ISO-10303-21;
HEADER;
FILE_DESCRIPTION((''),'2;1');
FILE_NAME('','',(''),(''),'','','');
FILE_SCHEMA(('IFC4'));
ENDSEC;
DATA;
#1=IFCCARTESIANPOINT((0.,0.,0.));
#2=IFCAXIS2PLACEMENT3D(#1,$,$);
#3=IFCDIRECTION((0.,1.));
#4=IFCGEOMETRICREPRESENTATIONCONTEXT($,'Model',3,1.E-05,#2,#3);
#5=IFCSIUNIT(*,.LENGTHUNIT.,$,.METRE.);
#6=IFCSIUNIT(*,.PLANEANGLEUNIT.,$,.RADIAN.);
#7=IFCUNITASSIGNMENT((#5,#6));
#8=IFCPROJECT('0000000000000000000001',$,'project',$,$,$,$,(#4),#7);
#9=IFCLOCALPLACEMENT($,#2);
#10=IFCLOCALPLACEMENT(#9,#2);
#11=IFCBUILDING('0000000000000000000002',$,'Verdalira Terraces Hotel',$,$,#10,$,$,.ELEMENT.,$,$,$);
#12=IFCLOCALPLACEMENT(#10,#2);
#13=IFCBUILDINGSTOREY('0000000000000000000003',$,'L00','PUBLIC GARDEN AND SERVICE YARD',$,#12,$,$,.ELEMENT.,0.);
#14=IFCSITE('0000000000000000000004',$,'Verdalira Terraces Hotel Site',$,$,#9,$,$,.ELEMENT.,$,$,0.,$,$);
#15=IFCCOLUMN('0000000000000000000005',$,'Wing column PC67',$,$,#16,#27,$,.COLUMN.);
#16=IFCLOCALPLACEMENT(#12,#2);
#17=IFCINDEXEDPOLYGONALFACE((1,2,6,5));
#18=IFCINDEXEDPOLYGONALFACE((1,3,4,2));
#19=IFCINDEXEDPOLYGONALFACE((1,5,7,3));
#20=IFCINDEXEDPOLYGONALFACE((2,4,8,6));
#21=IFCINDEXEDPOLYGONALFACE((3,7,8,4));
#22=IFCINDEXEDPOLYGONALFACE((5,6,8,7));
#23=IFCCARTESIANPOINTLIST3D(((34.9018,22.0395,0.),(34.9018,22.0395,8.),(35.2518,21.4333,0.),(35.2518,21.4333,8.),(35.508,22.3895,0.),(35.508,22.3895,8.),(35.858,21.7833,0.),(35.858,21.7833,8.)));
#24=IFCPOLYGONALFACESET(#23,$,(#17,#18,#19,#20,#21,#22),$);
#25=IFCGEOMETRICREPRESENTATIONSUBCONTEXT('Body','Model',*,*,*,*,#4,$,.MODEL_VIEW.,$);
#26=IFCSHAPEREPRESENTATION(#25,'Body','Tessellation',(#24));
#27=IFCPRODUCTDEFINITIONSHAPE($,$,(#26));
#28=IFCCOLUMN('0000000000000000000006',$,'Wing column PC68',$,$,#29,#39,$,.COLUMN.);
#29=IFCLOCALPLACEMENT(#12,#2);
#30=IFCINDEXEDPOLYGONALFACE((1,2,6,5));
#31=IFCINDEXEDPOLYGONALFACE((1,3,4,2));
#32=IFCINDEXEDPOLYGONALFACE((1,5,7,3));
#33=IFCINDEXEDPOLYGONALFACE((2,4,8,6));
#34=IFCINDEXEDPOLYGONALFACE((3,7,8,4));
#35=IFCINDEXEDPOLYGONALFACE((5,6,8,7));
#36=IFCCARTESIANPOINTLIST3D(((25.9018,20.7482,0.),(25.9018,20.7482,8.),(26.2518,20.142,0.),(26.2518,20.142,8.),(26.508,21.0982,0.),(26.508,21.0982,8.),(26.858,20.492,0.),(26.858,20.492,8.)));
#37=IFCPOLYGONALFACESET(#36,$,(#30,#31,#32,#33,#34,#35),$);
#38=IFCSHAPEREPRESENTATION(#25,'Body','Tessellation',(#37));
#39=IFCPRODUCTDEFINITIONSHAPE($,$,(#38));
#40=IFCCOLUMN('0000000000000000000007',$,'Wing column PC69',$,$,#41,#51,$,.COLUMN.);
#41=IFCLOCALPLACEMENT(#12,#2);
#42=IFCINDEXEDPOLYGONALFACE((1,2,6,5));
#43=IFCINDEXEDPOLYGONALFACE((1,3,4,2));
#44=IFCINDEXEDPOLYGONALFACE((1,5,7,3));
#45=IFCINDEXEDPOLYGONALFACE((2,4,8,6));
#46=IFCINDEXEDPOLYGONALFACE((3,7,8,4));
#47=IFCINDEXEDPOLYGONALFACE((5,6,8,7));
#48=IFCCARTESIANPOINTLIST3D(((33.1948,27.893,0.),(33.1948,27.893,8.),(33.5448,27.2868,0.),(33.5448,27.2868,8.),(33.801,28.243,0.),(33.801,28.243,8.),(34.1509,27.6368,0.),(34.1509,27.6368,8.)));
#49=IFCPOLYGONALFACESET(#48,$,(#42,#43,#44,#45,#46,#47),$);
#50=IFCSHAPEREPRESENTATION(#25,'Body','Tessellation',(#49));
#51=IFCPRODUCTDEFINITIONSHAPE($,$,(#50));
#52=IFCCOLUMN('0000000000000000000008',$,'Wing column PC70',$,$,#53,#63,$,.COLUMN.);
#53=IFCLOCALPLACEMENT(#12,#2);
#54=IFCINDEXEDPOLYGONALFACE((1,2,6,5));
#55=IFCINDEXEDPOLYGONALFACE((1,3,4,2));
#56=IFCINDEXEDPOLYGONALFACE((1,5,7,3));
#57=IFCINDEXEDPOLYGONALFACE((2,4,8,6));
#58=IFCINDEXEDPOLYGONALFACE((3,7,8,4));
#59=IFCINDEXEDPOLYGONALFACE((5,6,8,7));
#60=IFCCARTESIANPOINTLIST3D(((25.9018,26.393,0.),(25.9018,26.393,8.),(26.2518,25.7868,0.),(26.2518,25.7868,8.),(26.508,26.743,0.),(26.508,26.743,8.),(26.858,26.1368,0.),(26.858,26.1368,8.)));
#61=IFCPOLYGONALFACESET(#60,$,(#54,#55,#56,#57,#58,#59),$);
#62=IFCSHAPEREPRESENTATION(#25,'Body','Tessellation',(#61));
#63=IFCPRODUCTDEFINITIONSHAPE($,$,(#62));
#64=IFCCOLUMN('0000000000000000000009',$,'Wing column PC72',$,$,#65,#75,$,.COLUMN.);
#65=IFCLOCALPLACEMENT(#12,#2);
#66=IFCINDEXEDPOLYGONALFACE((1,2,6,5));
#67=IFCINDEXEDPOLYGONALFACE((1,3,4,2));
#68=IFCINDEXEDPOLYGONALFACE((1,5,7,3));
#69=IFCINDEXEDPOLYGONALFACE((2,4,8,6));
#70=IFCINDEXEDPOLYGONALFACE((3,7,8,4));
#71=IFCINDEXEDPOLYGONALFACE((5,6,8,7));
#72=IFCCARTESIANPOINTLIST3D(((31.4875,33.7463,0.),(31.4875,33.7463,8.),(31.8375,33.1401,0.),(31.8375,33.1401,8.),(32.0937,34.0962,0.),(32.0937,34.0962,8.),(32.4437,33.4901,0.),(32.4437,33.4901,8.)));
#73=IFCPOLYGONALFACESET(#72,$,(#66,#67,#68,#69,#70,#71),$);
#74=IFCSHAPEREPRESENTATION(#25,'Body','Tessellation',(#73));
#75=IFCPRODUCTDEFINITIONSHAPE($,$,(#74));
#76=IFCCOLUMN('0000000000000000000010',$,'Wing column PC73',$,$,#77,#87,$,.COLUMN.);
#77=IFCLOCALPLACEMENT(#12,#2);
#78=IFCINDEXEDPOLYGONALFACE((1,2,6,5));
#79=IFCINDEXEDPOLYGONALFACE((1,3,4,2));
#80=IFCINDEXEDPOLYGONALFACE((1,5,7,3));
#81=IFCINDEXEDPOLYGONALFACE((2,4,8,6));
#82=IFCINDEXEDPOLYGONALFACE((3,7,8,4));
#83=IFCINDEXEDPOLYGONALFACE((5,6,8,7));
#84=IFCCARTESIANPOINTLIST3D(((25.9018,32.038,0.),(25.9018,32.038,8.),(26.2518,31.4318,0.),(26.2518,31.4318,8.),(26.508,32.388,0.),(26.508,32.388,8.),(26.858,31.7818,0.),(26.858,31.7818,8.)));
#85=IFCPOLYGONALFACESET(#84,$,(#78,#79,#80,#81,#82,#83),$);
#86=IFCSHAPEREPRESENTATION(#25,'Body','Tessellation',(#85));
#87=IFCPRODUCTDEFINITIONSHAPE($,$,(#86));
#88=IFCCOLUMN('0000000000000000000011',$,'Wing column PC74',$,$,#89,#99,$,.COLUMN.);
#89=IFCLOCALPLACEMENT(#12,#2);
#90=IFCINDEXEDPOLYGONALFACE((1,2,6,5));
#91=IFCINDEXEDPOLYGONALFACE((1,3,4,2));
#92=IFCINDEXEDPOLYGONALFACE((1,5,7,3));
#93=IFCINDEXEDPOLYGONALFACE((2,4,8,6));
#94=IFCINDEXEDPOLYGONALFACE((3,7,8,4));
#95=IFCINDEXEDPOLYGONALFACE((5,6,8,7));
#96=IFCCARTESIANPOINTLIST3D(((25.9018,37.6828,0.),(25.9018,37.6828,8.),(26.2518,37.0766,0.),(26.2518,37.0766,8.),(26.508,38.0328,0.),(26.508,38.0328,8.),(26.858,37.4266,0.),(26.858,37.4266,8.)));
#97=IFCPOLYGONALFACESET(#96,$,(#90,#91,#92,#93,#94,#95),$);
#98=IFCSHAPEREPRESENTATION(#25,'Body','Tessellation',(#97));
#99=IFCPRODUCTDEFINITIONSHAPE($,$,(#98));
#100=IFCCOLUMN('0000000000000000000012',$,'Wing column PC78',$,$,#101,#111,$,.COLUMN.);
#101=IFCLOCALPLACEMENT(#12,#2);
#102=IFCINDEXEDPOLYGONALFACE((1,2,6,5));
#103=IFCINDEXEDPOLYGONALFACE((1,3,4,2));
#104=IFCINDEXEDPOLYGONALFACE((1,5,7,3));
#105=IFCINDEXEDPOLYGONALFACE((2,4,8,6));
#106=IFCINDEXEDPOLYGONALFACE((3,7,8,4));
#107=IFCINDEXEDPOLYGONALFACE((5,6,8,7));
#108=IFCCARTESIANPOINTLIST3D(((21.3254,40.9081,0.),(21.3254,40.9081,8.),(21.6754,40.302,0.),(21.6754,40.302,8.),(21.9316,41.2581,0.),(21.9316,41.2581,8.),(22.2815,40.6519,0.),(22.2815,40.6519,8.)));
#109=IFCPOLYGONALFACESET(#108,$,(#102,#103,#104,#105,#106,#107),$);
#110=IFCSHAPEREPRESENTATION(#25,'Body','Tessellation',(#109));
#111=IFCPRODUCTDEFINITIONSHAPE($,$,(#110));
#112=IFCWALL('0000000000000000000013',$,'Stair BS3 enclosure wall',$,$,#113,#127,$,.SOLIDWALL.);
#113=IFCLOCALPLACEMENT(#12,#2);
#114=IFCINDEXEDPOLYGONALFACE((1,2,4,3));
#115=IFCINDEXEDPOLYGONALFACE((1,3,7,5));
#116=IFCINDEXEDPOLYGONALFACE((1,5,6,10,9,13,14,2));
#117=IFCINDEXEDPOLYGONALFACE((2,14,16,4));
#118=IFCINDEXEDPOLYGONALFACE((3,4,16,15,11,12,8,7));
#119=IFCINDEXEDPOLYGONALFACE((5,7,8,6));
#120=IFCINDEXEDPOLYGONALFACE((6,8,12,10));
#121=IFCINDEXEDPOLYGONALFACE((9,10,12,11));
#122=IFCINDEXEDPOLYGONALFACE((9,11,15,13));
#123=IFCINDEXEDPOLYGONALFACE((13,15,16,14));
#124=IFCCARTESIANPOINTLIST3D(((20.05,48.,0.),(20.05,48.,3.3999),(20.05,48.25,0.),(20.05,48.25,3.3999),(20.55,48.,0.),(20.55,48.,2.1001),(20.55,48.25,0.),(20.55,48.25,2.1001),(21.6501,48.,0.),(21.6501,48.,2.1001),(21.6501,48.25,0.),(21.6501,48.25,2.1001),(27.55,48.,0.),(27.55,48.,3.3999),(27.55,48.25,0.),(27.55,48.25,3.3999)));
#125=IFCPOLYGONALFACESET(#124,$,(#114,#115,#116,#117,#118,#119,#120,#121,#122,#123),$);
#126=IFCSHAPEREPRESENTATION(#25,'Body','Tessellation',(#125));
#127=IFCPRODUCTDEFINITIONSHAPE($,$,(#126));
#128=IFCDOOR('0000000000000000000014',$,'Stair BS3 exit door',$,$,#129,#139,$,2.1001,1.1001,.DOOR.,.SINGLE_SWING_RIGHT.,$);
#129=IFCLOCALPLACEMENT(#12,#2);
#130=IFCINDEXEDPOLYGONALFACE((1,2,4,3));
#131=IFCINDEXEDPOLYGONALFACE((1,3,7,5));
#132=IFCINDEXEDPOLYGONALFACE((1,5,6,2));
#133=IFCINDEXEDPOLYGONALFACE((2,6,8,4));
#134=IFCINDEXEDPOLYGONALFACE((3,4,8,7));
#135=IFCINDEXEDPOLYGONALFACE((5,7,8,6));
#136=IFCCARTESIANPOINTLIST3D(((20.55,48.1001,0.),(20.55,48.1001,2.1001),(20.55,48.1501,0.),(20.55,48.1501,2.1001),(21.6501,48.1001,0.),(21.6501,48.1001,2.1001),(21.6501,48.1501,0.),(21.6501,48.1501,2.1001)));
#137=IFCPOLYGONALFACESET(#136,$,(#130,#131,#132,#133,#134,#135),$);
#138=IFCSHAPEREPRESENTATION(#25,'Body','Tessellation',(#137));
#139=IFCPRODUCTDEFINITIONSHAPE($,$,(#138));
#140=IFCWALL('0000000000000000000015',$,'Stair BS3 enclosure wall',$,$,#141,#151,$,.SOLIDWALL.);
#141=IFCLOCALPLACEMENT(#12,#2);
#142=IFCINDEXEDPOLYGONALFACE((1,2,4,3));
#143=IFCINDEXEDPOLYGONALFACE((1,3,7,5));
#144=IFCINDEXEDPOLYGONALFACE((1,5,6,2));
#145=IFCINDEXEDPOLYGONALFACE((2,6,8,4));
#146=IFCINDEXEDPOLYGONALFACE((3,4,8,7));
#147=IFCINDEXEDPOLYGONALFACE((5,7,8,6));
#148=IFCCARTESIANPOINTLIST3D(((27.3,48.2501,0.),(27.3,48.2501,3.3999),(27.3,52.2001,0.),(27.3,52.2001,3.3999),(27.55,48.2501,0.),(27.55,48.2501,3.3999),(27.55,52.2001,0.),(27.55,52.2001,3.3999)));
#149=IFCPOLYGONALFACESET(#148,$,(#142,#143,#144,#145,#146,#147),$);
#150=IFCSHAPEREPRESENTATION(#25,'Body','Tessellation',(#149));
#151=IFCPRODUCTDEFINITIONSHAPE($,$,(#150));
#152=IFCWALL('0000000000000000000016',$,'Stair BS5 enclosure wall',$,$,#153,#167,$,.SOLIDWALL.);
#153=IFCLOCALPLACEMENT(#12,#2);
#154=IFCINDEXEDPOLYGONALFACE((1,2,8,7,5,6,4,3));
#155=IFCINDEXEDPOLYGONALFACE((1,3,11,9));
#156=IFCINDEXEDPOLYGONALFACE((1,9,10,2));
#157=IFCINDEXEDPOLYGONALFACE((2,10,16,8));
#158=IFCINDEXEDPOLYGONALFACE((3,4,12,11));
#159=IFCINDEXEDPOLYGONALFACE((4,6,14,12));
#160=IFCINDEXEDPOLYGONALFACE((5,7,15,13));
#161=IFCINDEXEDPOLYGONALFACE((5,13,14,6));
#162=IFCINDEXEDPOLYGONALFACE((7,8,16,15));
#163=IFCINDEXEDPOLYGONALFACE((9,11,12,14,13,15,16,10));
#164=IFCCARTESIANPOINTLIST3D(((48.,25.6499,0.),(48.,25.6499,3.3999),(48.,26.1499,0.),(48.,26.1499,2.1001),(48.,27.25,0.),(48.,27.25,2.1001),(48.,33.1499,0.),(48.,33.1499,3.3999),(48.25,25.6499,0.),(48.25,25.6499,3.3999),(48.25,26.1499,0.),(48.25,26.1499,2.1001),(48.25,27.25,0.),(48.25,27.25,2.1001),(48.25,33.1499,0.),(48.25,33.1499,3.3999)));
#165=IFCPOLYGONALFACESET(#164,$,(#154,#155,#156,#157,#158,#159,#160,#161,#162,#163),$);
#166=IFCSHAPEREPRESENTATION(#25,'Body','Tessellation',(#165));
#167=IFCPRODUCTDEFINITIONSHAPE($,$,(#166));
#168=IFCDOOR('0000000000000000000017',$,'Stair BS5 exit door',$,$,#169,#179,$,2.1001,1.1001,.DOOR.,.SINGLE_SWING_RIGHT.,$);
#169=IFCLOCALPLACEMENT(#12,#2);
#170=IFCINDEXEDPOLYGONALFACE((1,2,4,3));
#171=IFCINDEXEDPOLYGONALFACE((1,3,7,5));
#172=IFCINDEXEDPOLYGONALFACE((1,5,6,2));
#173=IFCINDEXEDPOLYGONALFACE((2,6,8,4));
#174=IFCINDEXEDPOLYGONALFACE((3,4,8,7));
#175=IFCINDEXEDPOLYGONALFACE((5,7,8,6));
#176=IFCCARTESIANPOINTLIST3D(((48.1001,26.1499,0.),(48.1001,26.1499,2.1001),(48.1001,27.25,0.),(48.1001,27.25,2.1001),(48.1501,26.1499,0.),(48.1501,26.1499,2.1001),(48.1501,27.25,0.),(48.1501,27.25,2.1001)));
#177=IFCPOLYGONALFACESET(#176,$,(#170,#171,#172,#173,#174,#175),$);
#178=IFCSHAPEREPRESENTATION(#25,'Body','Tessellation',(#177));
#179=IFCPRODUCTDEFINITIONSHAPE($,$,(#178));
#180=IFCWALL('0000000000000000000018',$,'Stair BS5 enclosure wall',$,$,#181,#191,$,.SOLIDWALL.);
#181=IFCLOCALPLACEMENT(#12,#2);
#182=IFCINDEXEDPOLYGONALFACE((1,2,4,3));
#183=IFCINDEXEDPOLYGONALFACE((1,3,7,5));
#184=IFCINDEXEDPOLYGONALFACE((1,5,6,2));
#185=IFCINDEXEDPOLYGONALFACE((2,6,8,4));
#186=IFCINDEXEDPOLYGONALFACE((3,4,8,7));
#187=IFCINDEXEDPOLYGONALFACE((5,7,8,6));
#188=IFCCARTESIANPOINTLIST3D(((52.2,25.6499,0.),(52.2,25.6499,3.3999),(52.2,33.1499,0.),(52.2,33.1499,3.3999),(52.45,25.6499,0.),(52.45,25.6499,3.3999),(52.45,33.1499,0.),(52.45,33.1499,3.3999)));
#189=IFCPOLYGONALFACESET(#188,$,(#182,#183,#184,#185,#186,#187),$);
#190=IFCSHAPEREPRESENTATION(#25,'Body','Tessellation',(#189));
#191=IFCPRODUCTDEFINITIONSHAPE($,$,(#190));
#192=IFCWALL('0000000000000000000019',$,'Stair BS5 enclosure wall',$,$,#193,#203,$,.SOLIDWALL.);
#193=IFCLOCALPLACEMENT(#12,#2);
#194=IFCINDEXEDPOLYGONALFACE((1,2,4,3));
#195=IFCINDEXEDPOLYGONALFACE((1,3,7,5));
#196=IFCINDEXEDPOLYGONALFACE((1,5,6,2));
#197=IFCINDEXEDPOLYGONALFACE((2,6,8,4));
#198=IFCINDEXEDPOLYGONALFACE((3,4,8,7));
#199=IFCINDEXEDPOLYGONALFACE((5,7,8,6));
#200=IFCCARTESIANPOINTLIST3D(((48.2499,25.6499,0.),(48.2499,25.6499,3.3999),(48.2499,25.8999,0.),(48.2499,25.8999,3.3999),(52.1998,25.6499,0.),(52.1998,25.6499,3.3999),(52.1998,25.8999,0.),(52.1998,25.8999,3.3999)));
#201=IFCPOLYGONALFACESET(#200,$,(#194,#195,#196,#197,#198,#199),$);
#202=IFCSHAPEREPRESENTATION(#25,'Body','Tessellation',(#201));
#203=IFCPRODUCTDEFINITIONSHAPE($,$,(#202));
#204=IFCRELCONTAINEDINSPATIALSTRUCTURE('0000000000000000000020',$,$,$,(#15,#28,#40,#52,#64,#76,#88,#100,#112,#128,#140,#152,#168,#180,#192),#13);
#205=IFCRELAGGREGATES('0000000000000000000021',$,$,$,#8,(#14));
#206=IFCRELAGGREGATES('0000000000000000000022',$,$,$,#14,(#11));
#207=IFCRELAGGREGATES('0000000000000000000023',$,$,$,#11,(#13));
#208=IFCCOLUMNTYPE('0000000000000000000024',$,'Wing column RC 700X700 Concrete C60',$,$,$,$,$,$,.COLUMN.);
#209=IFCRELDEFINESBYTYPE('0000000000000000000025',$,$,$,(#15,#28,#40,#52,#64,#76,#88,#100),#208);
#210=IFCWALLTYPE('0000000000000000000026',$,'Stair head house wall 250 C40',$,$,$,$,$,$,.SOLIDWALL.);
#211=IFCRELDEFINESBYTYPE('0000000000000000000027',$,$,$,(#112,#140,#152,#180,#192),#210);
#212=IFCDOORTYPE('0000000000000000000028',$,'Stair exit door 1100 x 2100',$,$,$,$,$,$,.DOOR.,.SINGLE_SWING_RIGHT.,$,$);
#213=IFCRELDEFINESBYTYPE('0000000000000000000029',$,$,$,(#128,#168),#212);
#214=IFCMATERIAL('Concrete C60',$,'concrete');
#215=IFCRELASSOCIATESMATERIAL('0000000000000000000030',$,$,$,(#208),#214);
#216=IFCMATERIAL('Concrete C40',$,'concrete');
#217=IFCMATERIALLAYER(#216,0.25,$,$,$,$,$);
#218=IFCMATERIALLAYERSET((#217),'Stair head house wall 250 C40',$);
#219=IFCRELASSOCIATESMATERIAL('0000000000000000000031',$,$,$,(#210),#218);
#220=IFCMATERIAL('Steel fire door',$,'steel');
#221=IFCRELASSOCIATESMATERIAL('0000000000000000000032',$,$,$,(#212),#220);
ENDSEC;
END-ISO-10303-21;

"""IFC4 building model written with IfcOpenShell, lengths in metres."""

from ifc_helpers import new_model, si_unit, direction, frame, frame_2d, origin, origin_2d, place, context, subcontext, project, spatial, rectangle, extrude, material, layer, layer_set, material_profile, profile_set, type_object, element, fill, save


model = new_model("IFC4")

# Units and contexts
model_context = context("Model", 3, precision=1e-05, world=origin(), true_north=direction((0.0, 1.0)))
body_context = subcontext(model_context, "Body", "Model", "MODEL_VIEW")
ifc_project = project(units=[si_unit("LENGTHUNIT", "METRE"), si_unit("PLANEANGLEUNIT", "RADIAN")], contexts=[model_context])

# Site, building, storey
site_placement = place(None, origin())
site = spatial("IfcSite", under=ifc_project, at=site_placement, Name="Verdalira Terraces Hotel Site", CompositionType="ELEMENT", RefElevation=0.0)
building_placement = place(site_placement, origin())
building = spatial("IfcBuilding", under=site, at=building_placement, Name="Verdalira Terraces Hotel", CompositionType="ELEMENT")
storey_placement = place(building_placement, origin())
storey = spatial("IfcBuildingStorey", under=building, at=storey_placement, Name="L00", Description="PUBLIC GARDEN AND SERVICE YARD", CompositionType="ELEMENT", Elevation=0.0)

# Columns
ifc_material_1 = material(Name="Concrete C60", Category="concrete")
ifc_material_profile = material_profile(ifc_material_1, rectangle(XDim=0.7, YDim=0.7, at=origin_2d()), Name="RC 700X700")
ifc_profile_set = profile_set([ifc_material_profile], Name="Concrete C60")
column_type = type_object("IfcColumnType", Name="Wing column RC 700X700 Concrete C60", PredefinedType="COLUMN", material=ifc_profile_set)
for number, where, z_axis, x_axis, name in (
    (1, (35.3799, 21.9114, 0.0), (0.0, 0.0, 1.0), (0.866025, 0.5, 0.0), "Wing column PC67"),
    (2, (26.3799, 20.6201, 0.0), (0.0, 0.0, 1.0), (0.866025, 0.5, 0.0), "Wing column PC68"),
    (3, (33.6729, 27.7649, 0.0), (0.0, 0.0, 1.0), (0.866025, 0.5, 0.0), "Wing column PC69"),
    (4, (26.3799, 26.2649, 0.0), (0.0, 0.0, 1.0), (0.866025, 0.5, 0.0), "Wing column PC70"),
    (5, (31.9656, 33.6182, 0.0), (0.0, 0.0, 1.0), (0.866025, 0.5, 0.0), "Wing column PC72"),
    (6, (26.3799, 31.9099, 0.0), (0.0, 0.0, 1.0), (0.866025, 0.5, 0.0), "Wing column PC73"),
    (7, (26.3799, 37.5547, 0.0), (0.0, 0.0, 1.0), (0.866025, 0.5, 0.0), "Wing column PC74"),
    (8, (21.8035, 40.78, 0.0), (0.0, 0.0, 1.0), (0.866025, 0.5, 0.0), "Wing column PC78"),
):
    element("IfcColumn", number, at=place(storey_placement, frame(where, z_axis=z_axis, x_axis=x_axis)), inside=storey, type_object=column_type, Name=name, PredefinedType="COLUMN", context=body_context, shape_type="SweptSolid", body=[
        extrude(rectangle(XDim=0.7, YDim=0.7, at=origin_2d()), origin(), (0.0, 0.0, 1.0), 8.0),
    ])

# Wall, opening, door
ifc_material_2 = material(Name="Concrete C40", Category="concrete")
ifc_layer_1 = layer(ifc_material_2, 0.25)
ifc_layer_set_1 = layer_set([ifc_layer_1], Name="Stair head house wall 250 C40")
wall_type_1 = type_object("IfcWallType", Name="Stair head house wall 250 C40", PredefinedType="SOLIDWALL", material=ifc_layer_set_1)
wall_1_placement = place(storey_placement, frame((27.55, 48.125, 0.0), z_axis=(0.0, 0.0, 1.0), x_axis=(-1.0, 0.0, 0.0)))
wall_1 = element("IfcWall", 9, at=wall_1_placement, inside=storey, type_object=wall_type_1, Name="Stair BS3 enclosure wall", PredefinedType="SOLIDWALL", context=body_context, shape_type="SweptSolid", body=[
    extrude(rectangle(XDim=7.5, YDim=0.25, at=frame_2d((3.75, 0.0))), origin(), (0.0, 0.0, 1.0), 3.3999),
])
opening_1_placement = place(wall_1_placement, frame((5.8999, 0.0, 0.0)))
opening_1 = element("IfcOpeningElement", 10, at=opening_1_placement, cuts=wall_1, PredefinedType="OPENING", context=body_context, shape_type="SweptSolid", body=[
    extrude(rectangle(XDim=1.1001, YDim=2.1001, at=frame_2d((0.55, 1.05))), frame((0.0, 0.135, 0.0), z_axis=(0.0, -1.0, 0.0), x_axis=(1.0, 0.0, 0.0)), (0.0, 0.0, 1.0), 0.27),
])
ifc_material_3 = material(Name="Steel fire door", Category="steel")
door_type_1 = type_object("IfcDoorType", Name="Stair exit door 1100 x 2100", OperationType="SINGLE_SWING_RIGHT", PredefinedType="DOOR", material=ifc_material_3)
door_1_placement = place(opening_1_placement, origin())
door_1 = element("IfcDoor", 11, at=door_1_placement, inside=storey, type_object=door_type_1, Name="Stair BS3 exit door", OperationType="SINGLE_SWING_RIGHT", OverallHeight=2.1001, OverallWidth=1.1001, PredefinedType="DOOR", context=body_context, shape_type="SweptSolid", body=[
    extrude(rectangle(XDim=1.1001, YDim=2.1001, at=frame_2d((0.55, 1.05))), frame((0.0, 0.0249, 0.0), z_axis=(0.0, -1.0, 0.0), x_axis=(1.0, 0.0, 0.0)), (0.0, 0.0, 1.0), 0.05),
])
fill(opening_1, door_1)

# Wall
wall_2_placement = place(storey_placement, frame((27.425, 48.25, 0.0), z_axis=(0.0, 0.0, 1.0), x_axis=(0.0, 1.0, 0.0)))
element("IfcWall", 12, at=wall_2_placement, inside=storey, type_object=wall_type_1, Name="Stair BS3 enclosure wall", PredefinedType="SOLIDWALL", context=body_context, shape_type="SweptSolid", body=[
    extrude(rectangle(XDim=3.95, YDim=0.25, at=frame_2d((1.9751, 0.0))), origin(), (0.0, 0.0, 1.0), 3.3999),
])

# Wall, opening, door
wall_3_placement = place(storey_placement, frame((48.125, 25.6499, 0.0), z_axis=(0.0, 0.0, 1.0), x_axis=(0.0, 1.0, 0.0)))
wall_3 = element("IfcWall", 13, at=wall_3_placement, inside=storey, type_object=wall_type_1, Name="Stair BS5 enclosure wall", PredefinedType="SOLIDWALL", context=body_context, shape_type="SweptSolid", body=[
    extrude(rectangle(XDim=7.5, YDim=0.25, at=frame_2d((3.75, 0.0))), origin(), (0.0, 0.0, 1.0), 3.3999),
])
opening_2_placement = place(wall_3_placement, frame((0.5, 0.0, 0.0)))
opening_2 = element("IfcOpeningElement", 14, at=opening_2_placement, cuts=wall_3, PredefinedType="OPENING", context=body_context, shape_type="SweptSolid", body=[
    extrude(rectangle(XDim=1.1001, YDim=2.1001, at=frame_2d((0.55, 1.05))), frame((0.0, 0.135, 0.0), z_axis=(0.0, -1.0, 0.0), x_axis=(1.0, 0.0, 0.0)), (0.0, 0.0, 1.0), 0.27),
])
door_2_placement = place(opening_2_placement, origin())
door_2 = element("IfcDoor", 15, at=door_2_placement, inside=storey, type_object=door_type_1, Name="Stair BS5 exit door", OperationType="SINGLE_SWING_RIGHT", OverallHeight=2.1001, OverallWidth=1.1001, PredefinedType="DOOR", context=body_context, shape_type="SweptSolid", body=[
    extrude(rectangle(XDim=1.1001, YDim=2.1001, at=frame_2d((0.55, 1.05))), frame((0.0, 0.0249, 0.0), z_axis=(0.0, -1.0, 0.0), x_axis=(1.0, 0.0, 0.0)), (0.0, 0.0, 1.0), 0.05),
])
fill(opening_2, door_2)

# Walls
wall_4_placement = place(storey_placement, frame((52.325, 25.6499, 0.0), z_axis=(0.0, 0.0, 1.0), x_axis=(0.0, 1.0, 0.0)))
element("IfcWall", 16, at=wall_4_placement, inside=storey, type_object=wall_type_1, Name="Stair BS5 enclosure wall", PredefinedType="SOLIDWALL", context=body_context, shape_type="SweptSolid", body=[
    extrude(rectangle(XDim=7.5, YDim=0.25, at=frame_2d((3.75, 0.0))), origin(), (0.0, 0.0, 1.0), 3.3999),
])
for number, where, z_axis, x_axis, name in (
    (17, (52.2, 25.7749, 0.0), (0.0, 0.0, 1.0), (-1.0, 0.0, 0.0), "Stair BS5 enclosure wall"),
):
    element("IfcWall", number, at=place(storey_placement, frame(where, z_axis=z_axis, x_axis=x_axis)), inside=storey, type_object=wall_type_1, Name=name, PredefinedType="SOLIDWALL", context=body_context, shape_type="SweptSolid", body=[
        extrude(rectangle(XDim=3.95, YDim=0.25, at=frame_2d((1.9751, 0.0))), origin(), (0.0, 0.0, 1.0), 3.3999),
    ])

save(model, "model.ifc")
